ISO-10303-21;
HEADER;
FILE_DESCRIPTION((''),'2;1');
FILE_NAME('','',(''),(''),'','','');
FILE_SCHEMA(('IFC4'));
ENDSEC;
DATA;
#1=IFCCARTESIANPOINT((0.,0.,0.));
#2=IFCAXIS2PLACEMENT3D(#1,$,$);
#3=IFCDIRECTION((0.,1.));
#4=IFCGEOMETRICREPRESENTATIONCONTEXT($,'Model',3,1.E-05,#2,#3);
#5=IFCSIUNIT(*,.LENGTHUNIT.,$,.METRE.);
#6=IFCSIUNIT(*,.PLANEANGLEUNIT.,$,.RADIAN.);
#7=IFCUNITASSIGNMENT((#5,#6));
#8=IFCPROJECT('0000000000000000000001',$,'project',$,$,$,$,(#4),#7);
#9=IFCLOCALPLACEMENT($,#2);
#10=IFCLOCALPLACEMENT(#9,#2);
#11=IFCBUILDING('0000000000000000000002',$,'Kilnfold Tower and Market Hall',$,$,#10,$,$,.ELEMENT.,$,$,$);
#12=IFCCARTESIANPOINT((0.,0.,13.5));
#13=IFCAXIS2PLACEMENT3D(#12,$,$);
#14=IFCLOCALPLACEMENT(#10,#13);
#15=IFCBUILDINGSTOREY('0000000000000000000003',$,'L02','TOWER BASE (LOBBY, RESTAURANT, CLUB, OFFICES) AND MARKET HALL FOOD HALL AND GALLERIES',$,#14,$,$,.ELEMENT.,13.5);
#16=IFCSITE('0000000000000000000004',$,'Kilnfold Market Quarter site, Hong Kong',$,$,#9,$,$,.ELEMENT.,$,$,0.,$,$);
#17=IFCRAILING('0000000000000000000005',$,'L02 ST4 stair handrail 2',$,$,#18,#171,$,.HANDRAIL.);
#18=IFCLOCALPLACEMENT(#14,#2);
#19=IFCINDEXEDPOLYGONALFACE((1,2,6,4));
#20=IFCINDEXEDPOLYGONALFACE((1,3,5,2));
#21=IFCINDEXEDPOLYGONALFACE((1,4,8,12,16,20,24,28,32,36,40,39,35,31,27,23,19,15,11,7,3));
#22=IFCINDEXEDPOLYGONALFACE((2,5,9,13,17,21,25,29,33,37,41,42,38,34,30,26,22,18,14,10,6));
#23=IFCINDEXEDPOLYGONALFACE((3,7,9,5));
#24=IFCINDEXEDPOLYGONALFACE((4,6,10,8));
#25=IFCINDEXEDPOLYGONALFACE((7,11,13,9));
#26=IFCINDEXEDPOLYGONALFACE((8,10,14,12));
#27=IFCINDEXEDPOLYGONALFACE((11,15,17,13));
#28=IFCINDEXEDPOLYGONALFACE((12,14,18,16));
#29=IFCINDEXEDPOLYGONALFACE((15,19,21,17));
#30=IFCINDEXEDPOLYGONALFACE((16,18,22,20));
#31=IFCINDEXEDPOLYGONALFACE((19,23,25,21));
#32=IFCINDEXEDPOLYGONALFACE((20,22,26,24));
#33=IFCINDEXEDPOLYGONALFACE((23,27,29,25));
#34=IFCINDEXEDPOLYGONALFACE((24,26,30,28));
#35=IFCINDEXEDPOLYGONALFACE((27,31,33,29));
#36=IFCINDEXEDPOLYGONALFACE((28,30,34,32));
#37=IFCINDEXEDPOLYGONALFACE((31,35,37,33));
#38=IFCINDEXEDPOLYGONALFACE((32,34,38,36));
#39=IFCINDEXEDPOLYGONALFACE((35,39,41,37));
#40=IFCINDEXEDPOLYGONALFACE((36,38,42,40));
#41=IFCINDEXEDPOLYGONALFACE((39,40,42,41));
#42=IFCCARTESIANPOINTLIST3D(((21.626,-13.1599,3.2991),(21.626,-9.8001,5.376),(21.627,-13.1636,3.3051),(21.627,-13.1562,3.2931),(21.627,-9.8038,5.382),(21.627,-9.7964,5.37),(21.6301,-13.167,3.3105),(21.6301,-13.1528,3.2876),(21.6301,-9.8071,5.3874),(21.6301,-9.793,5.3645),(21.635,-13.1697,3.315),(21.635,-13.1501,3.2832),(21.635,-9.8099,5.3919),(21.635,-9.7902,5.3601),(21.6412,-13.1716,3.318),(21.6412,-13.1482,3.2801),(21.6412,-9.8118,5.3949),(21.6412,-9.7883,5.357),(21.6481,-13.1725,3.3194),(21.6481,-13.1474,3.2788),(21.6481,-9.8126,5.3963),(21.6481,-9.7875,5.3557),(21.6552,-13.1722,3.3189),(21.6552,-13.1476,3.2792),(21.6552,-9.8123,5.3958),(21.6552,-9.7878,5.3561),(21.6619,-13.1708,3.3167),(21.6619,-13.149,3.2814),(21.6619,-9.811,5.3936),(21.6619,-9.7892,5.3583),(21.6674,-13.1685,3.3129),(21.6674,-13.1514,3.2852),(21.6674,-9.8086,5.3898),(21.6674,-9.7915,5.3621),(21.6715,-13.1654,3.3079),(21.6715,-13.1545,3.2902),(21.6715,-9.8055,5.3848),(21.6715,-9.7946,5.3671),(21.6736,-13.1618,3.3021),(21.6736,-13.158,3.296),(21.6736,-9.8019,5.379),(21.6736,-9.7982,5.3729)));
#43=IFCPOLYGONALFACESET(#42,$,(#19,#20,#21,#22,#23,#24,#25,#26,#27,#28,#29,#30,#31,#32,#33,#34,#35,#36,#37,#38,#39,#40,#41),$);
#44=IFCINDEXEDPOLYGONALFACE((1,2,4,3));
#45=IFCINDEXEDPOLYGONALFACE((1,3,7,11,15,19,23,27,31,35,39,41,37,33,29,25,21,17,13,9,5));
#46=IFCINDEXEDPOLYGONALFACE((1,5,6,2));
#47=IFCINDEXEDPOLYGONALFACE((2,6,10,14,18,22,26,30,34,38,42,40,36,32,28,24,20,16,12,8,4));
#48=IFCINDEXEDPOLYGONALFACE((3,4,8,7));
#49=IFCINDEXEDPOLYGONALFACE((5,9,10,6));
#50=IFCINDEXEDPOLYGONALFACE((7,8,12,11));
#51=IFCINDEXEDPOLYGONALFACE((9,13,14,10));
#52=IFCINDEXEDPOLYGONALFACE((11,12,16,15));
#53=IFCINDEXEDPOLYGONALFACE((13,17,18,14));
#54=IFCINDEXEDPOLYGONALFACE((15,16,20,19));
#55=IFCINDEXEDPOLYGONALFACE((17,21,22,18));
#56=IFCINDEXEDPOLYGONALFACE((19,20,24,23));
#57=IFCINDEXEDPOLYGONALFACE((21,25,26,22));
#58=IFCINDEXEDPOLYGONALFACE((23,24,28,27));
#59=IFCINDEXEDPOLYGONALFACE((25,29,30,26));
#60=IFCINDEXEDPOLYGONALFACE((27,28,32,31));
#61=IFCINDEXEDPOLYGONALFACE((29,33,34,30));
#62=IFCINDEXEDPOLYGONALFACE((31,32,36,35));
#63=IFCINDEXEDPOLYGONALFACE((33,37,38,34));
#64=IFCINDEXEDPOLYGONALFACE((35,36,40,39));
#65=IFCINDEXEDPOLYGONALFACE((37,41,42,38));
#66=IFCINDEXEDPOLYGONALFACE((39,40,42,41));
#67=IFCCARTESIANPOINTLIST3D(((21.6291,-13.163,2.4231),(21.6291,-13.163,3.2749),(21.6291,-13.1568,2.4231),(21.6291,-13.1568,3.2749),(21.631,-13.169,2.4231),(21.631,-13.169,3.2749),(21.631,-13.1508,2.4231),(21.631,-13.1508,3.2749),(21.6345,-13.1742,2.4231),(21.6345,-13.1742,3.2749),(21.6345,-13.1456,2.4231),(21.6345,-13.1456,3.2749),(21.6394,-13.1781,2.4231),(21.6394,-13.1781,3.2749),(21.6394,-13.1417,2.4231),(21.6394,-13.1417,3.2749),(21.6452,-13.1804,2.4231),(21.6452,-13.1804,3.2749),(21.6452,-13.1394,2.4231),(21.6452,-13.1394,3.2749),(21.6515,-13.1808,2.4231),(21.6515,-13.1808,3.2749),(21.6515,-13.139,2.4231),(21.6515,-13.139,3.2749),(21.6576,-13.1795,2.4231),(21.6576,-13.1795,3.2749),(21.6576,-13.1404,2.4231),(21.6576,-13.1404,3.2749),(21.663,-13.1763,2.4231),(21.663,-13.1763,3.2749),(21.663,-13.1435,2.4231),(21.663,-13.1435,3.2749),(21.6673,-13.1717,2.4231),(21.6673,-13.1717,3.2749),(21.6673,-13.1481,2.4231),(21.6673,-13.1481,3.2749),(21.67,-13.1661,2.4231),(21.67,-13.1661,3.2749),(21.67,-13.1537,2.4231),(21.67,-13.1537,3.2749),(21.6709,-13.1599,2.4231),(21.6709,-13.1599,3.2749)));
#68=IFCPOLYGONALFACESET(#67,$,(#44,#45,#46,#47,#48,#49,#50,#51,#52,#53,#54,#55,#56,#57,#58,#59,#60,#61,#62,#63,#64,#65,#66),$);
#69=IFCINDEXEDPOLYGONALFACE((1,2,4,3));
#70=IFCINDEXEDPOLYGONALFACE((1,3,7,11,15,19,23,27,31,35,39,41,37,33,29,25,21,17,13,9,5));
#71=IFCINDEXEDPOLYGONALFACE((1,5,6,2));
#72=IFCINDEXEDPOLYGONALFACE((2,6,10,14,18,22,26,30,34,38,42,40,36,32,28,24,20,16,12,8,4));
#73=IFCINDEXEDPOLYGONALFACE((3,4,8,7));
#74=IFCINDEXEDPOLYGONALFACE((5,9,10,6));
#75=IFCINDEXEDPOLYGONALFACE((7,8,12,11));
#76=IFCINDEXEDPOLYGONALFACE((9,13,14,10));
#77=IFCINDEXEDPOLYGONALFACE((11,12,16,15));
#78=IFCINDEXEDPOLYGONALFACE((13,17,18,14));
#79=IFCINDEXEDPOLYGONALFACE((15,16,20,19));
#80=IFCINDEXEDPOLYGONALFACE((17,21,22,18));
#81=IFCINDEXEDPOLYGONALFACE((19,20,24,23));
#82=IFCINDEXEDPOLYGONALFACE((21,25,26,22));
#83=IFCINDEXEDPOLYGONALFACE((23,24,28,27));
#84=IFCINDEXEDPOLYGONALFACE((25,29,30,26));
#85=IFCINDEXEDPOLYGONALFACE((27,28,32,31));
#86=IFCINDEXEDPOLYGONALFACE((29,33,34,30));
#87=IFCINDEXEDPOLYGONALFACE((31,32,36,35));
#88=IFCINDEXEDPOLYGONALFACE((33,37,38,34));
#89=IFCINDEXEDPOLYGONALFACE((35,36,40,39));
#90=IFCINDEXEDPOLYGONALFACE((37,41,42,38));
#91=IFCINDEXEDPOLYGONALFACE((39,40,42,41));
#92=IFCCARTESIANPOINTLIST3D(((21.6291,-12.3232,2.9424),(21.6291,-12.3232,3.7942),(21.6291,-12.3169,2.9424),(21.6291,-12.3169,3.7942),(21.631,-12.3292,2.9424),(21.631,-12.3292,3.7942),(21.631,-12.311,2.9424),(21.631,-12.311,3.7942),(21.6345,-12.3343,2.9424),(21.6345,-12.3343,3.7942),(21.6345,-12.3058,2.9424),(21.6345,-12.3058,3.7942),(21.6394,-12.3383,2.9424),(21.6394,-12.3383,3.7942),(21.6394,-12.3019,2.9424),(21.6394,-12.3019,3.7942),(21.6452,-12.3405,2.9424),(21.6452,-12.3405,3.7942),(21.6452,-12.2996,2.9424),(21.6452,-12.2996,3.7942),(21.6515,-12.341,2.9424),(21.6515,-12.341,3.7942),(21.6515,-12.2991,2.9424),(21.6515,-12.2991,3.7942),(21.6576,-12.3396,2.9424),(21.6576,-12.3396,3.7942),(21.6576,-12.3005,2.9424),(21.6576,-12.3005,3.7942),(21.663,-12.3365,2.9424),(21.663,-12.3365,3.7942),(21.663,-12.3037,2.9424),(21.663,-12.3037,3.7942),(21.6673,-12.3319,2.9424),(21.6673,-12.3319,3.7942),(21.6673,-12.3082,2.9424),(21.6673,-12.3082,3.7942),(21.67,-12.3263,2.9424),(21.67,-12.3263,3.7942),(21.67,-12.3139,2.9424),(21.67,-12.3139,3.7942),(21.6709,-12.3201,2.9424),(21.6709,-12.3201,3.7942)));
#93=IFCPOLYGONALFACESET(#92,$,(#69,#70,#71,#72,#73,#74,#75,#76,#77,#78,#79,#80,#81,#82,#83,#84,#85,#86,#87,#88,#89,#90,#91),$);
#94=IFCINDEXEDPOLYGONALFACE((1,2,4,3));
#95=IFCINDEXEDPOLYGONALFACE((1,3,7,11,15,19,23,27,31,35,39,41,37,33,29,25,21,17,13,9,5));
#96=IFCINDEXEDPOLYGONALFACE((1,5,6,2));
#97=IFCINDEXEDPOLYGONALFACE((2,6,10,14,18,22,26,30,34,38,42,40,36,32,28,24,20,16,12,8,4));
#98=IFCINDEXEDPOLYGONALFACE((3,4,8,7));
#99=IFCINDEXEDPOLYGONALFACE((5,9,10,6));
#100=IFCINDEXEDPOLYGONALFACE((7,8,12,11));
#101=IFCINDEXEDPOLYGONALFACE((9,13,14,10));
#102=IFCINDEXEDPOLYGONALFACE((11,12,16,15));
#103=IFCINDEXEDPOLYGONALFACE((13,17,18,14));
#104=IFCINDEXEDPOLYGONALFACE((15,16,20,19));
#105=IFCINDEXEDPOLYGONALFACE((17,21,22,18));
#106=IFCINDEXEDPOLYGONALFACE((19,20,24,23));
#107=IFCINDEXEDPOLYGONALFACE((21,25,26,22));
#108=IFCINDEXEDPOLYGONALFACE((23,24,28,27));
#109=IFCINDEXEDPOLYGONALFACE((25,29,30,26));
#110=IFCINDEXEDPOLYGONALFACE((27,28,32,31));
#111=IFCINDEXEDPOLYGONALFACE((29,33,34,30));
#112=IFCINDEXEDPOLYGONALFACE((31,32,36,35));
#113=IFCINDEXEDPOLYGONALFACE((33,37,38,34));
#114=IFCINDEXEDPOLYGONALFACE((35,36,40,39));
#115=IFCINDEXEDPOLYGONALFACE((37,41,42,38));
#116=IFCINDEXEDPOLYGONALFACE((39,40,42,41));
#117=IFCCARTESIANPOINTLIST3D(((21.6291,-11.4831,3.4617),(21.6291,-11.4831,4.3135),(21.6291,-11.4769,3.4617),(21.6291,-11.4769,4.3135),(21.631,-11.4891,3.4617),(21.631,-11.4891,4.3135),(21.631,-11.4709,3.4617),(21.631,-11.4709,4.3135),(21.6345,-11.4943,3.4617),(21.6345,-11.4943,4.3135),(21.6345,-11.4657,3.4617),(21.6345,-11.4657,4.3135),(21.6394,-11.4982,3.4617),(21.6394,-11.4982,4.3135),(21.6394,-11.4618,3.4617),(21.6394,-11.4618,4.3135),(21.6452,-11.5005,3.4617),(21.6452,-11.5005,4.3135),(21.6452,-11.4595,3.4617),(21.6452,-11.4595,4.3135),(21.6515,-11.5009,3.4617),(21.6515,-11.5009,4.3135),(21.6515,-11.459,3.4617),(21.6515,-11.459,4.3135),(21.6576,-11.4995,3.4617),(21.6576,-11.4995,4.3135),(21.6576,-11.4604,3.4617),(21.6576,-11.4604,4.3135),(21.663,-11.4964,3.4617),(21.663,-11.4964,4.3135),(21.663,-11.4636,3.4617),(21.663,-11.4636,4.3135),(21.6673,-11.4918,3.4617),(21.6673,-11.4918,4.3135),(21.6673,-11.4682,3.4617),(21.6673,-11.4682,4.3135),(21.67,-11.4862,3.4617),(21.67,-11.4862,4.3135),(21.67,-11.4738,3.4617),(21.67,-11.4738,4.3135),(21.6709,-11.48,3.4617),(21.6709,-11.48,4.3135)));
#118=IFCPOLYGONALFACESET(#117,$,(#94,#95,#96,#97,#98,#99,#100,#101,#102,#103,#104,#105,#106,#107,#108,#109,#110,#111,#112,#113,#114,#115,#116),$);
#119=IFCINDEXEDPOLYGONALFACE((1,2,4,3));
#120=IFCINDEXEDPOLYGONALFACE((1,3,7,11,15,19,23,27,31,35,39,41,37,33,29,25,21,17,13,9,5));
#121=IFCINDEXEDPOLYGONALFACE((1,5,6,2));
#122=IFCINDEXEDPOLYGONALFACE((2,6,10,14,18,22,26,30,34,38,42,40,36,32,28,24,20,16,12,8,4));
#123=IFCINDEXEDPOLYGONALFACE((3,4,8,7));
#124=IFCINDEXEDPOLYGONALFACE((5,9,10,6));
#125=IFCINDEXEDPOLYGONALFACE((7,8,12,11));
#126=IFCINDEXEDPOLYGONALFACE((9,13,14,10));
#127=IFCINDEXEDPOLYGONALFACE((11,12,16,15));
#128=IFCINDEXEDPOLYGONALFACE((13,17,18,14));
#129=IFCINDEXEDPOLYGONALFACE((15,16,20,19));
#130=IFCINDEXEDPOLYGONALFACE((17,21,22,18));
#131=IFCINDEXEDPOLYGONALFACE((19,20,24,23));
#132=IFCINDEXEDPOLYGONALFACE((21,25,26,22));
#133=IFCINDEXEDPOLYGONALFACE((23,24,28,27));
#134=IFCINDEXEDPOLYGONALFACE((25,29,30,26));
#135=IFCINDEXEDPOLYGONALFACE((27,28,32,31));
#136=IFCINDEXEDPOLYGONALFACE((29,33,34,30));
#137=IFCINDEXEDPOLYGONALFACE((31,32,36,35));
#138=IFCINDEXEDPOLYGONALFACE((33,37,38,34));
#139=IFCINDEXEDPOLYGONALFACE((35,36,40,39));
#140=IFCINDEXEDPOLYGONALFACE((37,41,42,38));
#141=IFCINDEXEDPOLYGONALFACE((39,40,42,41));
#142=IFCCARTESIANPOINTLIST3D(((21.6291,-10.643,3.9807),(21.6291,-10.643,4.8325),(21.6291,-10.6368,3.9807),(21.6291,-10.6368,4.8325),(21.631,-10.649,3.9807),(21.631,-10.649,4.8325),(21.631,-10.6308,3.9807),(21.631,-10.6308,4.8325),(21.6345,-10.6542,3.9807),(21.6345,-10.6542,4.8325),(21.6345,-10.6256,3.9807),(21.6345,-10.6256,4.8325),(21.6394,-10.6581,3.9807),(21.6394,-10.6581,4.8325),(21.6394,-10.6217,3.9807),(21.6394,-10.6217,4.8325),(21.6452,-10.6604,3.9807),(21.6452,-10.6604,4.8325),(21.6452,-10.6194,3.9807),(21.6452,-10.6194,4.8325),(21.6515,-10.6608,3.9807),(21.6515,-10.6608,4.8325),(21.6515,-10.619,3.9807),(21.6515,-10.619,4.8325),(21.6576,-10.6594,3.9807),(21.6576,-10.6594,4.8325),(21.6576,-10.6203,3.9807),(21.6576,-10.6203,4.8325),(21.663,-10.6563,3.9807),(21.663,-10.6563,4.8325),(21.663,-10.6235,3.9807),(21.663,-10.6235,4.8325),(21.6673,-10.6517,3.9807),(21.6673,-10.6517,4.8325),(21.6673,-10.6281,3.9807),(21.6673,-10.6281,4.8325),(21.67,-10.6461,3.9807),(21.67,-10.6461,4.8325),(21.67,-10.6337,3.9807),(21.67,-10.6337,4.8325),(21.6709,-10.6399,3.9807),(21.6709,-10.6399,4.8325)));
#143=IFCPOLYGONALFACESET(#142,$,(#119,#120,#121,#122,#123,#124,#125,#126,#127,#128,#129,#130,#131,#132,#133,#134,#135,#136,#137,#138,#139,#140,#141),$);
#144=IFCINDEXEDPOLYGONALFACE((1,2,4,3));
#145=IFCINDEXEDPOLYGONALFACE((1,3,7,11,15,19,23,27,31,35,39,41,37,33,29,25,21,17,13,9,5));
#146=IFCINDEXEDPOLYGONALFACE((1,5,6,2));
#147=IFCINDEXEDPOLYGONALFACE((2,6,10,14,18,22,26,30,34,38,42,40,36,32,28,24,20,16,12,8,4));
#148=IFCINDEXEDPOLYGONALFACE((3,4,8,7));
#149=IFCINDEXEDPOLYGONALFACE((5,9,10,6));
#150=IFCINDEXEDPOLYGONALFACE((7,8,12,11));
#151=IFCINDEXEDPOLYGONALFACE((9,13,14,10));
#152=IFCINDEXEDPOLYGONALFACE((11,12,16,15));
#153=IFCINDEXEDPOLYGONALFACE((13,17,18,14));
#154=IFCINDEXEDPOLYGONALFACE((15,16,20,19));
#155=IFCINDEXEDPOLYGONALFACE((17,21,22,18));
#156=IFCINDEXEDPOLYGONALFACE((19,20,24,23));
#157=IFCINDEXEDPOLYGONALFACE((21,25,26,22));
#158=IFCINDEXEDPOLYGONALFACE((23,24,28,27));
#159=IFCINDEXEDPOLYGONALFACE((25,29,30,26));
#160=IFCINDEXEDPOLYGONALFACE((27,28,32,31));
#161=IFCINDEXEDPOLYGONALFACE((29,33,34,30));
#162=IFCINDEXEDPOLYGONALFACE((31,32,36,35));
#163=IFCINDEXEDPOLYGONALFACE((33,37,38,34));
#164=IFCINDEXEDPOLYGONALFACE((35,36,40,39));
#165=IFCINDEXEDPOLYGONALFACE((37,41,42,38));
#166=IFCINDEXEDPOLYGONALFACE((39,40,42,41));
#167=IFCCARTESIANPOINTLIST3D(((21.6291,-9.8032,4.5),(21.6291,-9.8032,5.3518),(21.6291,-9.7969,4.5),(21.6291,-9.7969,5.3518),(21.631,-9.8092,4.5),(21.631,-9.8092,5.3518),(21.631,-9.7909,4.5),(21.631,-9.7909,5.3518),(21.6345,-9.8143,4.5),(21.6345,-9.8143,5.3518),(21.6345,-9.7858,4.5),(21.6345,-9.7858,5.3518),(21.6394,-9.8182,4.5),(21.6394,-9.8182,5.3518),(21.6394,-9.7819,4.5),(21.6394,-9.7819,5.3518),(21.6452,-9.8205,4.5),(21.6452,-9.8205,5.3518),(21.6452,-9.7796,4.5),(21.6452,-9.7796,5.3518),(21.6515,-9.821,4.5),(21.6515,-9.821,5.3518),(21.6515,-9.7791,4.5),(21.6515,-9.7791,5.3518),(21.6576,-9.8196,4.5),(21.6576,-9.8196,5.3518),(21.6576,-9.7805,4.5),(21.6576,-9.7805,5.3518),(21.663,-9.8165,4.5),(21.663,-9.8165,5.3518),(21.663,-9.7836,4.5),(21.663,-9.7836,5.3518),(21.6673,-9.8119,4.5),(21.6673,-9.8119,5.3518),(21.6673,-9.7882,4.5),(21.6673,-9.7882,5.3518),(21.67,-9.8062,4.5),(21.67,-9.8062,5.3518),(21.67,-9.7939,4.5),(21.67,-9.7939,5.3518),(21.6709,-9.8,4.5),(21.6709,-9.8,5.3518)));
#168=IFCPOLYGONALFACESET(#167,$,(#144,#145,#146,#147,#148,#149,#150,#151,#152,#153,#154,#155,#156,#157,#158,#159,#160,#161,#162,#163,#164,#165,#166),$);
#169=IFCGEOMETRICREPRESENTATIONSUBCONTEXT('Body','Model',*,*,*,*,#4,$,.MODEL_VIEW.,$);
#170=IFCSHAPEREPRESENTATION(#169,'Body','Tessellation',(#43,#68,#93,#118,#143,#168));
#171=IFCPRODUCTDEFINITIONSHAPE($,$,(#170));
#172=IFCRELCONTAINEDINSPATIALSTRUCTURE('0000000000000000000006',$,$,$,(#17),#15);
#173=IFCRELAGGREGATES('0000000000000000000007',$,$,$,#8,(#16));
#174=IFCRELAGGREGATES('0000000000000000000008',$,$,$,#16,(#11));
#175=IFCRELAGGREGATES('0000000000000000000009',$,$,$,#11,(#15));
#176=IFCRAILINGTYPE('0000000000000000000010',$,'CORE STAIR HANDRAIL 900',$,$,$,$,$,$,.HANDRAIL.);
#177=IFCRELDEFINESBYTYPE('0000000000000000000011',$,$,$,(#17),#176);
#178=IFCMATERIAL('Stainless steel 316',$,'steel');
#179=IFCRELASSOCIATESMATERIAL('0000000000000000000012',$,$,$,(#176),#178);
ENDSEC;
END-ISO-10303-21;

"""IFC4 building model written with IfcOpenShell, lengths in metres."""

from ifc_helpers import new_model, si_unit, direction, frame, origin, origin_2d, place, context, subcontext, project, spatial, circle, extrude, material, type_object, element, save


model = new_model("IFC4")

# Units and contexts
model_context = context("Model", 3, precision=1e-05, world=origin(), true_north=direction((0.0, 1.0)))
body_context = subcontext(model_context, "Body", "Model", "MODEL_VIEW")
ifc_project = project(units=[si_unit("LENGTHUNIT", "METRE"), si_unit("PLANEANGLEUNIT", "RADIAN")], contexts=[model_context])

# Site, building, storey
site_placement = place(None, origin())
site = spatial("IfcSite", under=ifc_project, at=site_placement, Name="Kilnfold Market Quarter site, Hong Kong", CompositionType="ELEMENT", RefElevation=0.0)
building_placement = place(site_placement, origin())
building = spatial("IfcBuilding", under=site, at=building_placement, Name="Kilnfold Tower and Market Hall", CompositionType="ELEMENT")
storey_placement = place(building_placement, frame((0.0, 0.0, 13.5)))
storey = spatial("IfcBuildingStorey", under=building, at=storey_placement, Name="L02", Description="TOWER BASE (LOBBY, RESTAURANT, CLUB, OFFICES) AND MARKET HALL FOOD HALL AND GALLERIES", CompositionType="ELEMENT", Elevation=13.5)

# Railing
ifc_material_1 = material(Name="Stainless steel 316", Category="steel")
railing_type = type_object("IfcRailingType", Name="CORE STAIR HANDRAIL 900", PredefinedType="HANDRAIL", material=ifc_material_1)
railing_placement = place(storey_placement, frame((21.6499, -13.1599, 2.4231)))
element("IfcRailing", 1, at=railing_placement, inside=storey, type_object=railing_type, Name="L02 ST4 stair handrail 2", PredefinedType="HANDRAIL", context=body_context, shape_type="SweptSolid", body=[
    extrude(circle(Radius=0.0239, at=origin_2d()), frame((0.0, 0.0, 0.876), z_axis=(0.0, 0.850606, 0.525803), x_axis=(-1.0, 0.0, 0.0)), (0.0, 0.0, 1.0), 3.95),
    extrude(circle(Radius=0.021, at=origin_2d()), origin(), (0.0, 0.0, 1.0), 0.8518),
    extrude(circle(Radius=0.021, at=origin_2d()), frame((0.0, 0.8398, 0.5193)), (0.0, 0.0, 1.0), 0.8518),
    extrude(circle(Radius=0.021, at=origin_2d()), frame((0.0, 1.6799, 1.0386)), (0.0, 0.0, 1.0), 0.8518),
    extrude(circle(Radius=0.021, at=origin_2d()), frame((0.0, 2.52, 1.5576)), (0.0, 0.0, 1.0), 0.8518),
    extrude(circle(Radius=0.021, at=origin_2d()), frame((0.0, 3.3599, 2.0769)), (0.0, 0.0, 1.0), 0.8518),
])

save(model, "model.ifc")
